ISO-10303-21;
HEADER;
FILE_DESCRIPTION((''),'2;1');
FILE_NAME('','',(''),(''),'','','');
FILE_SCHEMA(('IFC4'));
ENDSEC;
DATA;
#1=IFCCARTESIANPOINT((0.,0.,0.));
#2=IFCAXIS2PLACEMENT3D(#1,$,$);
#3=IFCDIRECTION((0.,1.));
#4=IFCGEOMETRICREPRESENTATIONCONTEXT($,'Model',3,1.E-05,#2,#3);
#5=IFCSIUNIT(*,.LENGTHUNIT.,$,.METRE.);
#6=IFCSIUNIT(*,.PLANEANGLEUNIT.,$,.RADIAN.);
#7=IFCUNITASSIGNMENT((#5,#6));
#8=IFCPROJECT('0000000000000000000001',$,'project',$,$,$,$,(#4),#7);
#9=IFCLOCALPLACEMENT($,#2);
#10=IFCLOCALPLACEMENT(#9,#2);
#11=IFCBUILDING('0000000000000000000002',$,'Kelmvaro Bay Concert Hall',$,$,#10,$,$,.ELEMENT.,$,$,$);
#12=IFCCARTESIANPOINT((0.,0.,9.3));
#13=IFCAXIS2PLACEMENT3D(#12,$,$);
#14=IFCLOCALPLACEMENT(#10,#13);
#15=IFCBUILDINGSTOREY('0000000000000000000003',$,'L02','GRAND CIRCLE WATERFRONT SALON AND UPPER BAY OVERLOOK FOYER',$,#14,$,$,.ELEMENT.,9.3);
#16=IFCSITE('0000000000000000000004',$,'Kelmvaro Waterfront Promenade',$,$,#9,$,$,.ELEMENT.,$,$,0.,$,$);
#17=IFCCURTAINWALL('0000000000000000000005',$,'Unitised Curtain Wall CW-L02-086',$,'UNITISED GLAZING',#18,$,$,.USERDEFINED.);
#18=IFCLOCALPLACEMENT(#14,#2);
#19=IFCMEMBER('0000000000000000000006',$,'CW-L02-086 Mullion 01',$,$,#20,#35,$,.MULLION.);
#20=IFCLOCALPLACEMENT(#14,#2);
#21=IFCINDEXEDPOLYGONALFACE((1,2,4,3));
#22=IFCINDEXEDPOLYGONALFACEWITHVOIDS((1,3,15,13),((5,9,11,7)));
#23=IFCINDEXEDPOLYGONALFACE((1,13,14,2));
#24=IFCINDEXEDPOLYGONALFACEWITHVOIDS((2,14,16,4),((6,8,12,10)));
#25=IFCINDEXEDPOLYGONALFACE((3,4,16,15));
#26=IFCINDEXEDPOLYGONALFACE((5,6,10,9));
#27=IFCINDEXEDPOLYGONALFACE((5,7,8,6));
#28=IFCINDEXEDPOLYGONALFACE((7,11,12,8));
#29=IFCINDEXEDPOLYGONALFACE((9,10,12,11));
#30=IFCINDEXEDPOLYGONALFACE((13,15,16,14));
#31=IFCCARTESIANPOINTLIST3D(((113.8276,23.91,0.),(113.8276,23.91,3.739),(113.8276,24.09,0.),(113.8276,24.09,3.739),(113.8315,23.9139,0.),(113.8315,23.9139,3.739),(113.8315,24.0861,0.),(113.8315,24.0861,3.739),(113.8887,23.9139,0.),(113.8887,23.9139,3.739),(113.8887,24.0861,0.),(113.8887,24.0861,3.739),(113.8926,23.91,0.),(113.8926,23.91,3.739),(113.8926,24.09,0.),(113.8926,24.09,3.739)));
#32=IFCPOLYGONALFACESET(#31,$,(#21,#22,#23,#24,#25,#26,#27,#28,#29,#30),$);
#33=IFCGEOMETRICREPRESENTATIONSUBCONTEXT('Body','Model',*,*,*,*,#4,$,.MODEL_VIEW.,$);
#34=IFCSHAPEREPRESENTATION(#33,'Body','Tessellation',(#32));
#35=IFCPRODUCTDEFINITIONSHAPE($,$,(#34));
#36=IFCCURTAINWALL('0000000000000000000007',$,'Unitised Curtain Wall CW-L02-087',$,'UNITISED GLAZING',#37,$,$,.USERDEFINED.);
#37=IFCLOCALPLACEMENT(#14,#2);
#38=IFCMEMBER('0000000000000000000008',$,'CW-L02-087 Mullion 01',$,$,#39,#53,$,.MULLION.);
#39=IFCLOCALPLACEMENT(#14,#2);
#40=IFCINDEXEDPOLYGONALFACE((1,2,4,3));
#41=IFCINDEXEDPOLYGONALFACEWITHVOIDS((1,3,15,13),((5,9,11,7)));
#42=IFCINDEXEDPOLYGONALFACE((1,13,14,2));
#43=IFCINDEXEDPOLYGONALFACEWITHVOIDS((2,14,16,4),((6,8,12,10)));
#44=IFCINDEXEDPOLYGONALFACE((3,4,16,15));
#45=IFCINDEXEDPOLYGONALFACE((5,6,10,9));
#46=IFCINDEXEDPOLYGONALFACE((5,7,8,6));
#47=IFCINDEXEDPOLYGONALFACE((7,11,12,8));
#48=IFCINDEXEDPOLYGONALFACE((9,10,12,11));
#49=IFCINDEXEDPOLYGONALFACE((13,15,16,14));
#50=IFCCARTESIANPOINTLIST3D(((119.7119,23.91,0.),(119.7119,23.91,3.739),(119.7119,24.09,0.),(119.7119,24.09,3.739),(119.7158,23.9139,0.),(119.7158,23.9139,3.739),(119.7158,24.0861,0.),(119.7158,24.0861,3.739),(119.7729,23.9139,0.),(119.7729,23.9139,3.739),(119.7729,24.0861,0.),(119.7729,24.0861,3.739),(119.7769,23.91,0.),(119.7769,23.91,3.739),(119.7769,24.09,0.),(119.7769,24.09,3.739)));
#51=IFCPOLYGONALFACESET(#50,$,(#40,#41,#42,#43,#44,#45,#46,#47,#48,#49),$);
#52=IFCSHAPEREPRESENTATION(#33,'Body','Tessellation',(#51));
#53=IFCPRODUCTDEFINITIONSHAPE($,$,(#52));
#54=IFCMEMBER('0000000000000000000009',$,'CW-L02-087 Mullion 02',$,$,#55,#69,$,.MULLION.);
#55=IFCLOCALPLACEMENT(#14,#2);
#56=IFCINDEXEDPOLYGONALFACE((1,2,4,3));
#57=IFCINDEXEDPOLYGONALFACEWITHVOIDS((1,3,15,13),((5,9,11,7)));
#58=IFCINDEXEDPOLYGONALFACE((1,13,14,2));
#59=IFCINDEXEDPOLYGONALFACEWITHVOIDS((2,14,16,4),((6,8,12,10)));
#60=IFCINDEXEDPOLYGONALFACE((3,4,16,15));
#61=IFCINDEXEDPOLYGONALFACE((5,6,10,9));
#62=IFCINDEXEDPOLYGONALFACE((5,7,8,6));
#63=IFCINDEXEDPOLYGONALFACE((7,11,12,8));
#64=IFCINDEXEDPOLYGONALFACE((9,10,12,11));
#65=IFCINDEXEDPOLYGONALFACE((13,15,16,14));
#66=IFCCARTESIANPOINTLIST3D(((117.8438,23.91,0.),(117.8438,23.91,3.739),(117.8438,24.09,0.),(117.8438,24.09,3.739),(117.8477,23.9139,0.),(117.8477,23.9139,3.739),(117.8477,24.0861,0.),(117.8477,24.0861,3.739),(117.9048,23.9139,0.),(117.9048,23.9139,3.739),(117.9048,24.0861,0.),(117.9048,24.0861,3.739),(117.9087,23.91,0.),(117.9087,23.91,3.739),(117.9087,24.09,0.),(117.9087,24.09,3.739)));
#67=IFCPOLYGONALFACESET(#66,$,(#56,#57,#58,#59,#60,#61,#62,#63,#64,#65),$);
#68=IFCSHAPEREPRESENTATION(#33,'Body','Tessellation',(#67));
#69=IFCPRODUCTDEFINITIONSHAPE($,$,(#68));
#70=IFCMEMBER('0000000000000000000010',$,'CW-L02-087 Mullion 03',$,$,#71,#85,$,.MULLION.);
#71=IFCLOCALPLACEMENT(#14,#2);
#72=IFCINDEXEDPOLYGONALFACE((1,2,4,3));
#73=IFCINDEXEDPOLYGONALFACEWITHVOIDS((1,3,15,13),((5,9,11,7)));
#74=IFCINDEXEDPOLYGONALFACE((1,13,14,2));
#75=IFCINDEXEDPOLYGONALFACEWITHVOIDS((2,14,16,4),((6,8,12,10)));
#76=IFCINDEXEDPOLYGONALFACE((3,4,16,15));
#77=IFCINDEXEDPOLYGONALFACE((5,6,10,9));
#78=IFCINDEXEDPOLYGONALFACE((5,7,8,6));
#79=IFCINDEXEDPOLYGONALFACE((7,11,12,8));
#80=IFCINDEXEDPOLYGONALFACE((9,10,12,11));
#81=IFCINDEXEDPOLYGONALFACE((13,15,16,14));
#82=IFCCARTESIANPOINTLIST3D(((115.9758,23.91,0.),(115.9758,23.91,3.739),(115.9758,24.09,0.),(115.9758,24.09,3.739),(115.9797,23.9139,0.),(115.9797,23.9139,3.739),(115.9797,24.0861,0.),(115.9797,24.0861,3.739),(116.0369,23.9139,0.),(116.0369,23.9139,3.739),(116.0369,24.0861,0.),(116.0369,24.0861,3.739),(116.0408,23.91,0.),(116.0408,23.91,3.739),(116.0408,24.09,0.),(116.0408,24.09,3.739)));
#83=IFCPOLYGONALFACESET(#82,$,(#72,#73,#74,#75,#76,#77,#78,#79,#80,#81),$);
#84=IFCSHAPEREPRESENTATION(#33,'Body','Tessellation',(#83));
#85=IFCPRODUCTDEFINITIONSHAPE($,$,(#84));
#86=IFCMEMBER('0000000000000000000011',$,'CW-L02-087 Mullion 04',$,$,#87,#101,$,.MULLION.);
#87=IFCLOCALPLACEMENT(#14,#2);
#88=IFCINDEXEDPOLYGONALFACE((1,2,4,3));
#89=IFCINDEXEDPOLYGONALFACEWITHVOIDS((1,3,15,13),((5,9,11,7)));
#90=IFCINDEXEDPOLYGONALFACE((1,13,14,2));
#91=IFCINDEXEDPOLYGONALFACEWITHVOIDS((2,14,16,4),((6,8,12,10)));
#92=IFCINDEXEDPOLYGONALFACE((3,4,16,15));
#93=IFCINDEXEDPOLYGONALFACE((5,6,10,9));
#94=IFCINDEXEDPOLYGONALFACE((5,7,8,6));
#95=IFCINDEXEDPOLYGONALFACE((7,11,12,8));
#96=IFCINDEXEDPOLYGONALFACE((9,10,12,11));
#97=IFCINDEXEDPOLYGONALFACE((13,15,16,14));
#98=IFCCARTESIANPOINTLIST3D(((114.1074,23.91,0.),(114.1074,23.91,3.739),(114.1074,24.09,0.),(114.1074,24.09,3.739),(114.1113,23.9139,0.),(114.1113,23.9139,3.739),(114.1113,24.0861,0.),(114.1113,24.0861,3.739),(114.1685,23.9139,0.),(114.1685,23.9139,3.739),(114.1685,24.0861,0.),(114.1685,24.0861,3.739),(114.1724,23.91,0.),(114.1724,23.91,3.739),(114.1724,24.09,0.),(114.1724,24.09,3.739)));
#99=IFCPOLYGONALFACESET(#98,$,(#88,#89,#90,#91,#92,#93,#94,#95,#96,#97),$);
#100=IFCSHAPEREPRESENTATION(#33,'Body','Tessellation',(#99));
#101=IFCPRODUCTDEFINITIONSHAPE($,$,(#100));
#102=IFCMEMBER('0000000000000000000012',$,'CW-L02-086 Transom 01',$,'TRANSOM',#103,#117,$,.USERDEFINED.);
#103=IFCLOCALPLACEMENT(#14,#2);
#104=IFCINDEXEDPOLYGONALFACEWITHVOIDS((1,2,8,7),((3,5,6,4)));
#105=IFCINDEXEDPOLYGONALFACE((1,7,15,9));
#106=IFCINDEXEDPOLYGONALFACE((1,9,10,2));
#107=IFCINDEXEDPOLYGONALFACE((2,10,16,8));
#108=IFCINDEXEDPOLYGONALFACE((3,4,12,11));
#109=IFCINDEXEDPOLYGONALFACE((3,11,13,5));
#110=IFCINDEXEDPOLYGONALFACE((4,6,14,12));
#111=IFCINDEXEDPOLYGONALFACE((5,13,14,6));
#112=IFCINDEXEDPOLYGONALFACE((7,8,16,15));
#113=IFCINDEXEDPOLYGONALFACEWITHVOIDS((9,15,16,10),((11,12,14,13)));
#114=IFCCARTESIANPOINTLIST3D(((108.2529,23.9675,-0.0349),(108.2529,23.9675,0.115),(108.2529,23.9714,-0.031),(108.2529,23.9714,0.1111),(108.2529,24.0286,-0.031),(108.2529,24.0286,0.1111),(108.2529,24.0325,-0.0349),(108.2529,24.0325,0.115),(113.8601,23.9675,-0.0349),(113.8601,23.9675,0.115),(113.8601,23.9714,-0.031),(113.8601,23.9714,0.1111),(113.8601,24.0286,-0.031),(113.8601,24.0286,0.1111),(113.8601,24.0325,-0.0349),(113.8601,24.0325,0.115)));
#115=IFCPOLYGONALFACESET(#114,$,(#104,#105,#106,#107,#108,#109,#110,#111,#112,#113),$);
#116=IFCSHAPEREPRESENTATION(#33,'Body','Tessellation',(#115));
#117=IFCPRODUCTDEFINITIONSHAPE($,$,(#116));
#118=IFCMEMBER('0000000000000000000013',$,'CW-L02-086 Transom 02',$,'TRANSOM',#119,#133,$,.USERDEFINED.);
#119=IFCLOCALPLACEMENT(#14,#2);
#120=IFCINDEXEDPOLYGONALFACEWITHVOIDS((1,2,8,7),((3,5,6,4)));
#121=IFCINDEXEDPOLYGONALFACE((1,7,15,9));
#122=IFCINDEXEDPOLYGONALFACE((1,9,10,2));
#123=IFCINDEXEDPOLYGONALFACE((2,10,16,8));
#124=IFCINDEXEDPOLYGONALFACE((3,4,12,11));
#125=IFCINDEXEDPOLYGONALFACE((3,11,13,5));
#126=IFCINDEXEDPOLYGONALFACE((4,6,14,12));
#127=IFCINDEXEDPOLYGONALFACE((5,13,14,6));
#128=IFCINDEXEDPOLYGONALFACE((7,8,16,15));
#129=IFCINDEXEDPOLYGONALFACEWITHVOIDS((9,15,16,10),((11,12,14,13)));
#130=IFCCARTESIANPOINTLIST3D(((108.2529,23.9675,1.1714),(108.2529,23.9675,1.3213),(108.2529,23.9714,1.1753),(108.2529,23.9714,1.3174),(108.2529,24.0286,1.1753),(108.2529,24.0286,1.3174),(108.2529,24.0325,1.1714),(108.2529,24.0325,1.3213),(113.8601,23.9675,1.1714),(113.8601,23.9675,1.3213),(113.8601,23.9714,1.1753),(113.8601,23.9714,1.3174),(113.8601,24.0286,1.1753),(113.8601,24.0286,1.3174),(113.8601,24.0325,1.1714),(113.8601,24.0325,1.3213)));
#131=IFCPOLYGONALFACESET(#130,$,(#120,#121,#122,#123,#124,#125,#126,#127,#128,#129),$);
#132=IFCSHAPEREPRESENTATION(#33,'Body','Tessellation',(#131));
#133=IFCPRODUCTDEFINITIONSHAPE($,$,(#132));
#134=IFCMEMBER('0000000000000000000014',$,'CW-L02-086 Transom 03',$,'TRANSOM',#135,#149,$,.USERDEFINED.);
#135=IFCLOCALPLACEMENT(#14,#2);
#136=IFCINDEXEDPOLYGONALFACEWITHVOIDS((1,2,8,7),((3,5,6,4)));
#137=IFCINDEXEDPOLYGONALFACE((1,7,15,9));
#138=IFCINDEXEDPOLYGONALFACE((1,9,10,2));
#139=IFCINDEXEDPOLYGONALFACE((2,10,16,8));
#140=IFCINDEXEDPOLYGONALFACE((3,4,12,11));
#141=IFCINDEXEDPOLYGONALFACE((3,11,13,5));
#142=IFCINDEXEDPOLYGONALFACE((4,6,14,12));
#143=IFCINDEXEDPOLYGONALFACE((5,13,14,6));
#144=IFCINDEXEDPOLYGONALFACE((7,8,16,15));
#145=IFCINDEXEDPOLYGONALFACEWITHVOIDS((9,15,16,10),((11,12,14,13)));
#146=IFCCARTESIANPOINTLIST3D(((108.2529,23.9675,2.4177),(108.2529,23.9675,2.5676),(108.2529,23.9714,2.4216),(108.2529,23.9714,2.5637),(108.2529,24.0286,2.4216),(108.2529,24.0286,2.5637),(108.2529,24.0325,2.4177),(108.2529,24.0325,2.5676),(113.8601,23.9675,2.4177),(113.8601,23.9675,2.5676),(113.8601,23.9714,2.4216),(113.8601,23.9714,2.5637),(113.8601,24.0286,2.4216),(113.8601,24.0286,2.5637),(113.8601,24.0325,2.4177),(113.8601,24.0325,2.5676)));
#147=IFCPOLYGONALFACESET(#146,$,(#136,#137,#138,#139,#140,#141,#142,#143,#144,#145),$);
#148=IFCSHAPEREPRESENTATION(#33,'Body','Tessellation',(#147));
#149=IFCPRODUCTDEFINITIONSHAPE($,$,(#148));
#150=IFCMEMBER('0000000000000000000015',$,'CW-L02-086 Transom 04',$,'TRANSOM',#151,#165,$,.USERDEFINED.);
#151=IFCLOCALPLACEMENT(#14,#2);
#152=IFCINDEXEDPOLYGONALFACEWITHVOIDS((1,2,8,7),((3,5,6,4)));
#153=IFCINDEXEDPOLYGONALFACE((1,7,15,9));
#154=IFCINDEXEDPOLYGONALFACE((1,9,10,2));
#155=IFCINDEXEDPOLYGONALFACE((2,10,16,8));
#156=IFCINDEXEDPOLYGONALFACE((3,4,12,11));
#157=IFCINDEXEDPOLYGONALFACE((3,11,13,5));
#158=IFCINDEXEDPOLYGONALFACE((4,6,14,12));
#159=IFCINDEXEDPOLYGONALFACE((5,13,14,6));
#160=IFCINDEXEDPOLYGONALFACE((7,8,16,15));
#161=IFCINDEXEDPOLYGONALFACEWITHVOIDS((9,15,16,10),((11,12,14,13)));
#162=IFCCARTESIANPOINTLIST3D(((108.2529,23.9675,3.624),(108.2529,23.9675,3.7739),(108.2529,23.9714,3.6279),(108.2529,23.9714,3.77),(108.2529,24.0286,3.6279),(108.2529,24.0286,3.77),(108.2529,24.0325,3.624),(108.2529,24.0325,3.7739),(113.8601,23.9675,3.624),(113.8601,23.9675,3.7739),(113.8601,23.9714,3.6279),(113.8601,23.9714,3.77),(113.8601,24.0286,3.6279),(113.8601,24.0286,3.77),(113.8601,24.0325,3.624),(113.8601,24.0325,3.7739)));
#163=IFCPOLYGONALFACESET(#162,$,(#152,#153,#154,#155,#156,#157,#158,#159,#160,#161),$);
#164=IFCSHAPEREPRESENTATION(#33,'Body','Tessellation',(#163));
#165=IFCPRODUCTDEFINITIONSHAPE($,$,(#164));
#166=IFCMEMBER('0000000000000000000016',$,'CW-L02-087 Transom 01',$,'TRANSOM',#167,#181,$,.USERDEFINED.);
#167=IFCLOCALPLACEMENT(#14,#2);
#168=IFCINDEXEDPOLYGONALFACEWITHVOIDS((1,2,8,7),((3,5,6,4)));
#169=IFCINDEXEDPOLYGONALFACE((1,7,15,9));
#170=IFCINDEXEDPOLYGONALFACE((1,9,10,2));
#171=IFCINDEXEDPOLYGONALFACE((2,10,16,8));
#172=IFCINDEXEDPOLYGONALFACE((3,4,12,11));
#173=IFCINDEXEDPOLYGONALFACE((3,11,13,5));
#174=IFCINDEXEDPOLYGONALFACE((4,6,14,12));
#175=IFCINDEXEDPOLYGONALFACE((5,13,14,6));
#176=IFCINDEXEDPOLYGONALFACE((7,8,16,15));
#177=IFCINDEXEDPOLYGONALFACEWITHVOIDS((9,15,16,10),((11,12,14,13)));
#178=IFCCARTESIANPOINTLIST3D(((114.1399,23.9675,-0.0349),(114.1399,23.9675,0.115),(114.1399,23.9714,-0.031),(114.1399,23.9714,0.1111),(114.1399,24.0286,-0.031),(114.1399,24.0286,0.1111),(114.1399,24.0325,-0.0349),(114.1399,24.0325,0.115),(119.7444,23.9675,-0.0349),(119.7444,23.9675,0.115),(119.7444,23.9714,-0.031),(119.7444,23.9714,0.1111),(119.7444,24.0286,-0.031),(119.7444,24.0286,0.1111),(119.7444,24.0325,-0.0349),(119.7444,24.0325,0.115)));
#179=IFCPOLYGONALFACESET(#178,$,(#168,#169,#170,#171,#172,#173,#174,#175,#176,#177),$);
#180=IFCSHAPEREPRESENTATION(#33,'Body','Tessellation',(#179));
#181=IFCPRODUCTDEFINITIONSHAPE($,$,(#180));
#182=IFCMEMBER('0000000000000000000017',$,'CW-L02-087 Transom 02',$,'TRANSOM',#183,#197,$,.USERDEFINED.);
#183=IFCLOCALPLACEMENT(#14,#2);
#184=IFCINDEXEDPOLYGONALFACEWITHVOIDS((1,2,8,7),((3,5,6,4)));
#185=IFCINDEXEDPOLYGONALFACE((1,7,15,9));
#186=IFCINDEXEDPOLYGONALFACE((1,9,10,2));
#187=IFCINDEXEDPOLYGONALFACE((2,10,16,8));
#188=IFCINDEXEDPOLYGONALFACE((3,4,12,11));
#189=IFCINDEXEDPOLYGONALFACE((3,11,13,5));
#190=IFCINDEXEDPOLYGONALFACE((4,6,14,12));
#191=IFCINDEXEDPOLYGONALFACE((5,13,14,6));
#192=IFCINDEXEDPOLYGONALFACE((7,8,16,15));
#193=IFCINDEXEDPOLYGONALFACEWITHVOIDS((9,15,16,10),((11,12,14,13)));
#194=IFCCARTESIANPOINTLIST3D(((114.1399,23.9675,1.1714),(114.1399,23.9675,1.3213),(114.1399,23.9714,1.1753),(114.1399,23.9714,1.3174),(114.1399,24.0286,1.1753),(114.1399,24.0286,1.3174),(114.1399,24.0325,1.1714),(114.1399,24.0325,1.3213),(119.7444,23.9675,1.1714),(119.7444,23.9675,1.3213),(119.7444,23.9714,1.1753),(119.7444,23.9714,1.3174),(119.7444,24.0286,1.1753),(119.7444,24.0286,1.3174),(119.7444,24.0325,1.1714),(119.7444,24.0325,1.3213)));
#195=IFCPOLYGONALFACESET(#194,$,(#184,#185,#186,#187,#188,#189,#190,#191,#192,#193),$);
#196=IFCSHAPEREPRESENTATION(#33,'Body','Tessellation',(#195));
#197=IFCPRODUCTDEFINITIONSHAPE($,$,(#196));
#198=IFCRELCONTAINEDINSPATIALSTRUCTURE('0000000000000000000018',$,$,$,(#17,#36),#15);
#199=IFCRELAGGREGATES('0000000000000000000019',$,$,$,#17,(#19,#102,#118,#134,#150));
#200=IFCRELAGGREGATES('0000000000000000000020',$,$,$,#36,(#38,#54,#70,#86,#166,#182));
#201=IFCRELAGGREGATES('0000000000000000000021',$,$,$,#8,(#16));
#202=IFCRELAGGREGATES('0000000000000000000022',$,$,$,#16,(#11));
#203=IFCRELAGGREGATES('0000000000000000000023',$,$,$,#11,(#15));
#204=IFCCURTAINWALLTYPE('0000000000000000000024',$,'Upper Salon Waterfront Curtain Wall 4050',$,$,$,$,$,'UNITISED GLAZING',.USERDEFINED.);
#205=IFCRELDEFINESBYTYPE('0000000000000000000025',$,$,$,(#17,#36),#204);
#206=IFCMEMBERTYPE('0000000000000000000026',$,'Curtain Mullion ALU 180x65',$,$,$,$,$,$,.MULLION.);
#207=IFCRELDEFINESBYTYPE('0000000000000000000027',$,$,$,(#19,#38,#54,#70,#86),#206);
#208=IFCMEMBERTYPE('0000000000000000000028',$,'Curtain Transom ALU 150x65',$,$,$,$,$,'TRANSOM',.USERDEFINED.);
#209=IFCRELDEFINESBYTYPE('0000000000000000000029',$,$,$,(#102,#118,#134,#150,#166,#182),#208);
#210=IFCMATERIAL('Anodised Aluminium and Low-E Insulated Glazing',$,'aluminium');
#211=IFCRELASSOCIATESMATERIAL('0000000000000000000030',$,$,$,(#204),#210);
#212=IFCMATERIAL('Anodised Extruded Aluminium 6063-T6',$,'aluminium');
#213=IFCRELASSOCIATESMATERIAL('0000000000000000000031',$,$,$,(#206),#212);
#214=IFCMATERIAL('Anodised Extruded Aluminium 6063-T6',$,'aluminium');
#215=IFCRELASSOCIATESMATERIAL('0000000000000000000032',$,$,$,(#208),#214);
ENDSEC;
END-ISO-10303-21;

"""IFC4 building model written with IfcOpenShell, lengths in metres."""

from ifc_helpers import new_model, si_unit, direction, frame, origin, origin_2d, place, context, subcontext, project, spatial, hollow_rectangle, extrude, material, material_profile, profile_set, type_object, element, aggregate, save


model = new_model("IFC4")

# Units and contexts
model_context = context("Model", 3, precision=1e-05, world=origin(), true_north=direction((0.0, 1.0)))
body_context = subcontext(model_context, "Body", "Model", "MODEL_VIEW")
ifc_project = project(units=[si_unit("LENGTHUNIT", "METRE"), si_unit("PLANEANGLEUNIT", "RADIAN")], contexts=[model_context])

# Site, building, storey
site_placement = place(None, origin())
site = spatial("IfcSite", under=ifc_project, at=site_placement, Name="Kelmvaro Waterfront Promenade", CompositionType="ELEMENT", RefElevation=0.0)
building_placement = place(site_placement, origin())
building = spatial("IfcBuilding", under=site, at=building_placement, Name="Kelmvaro Bay Concert Hall", CompositionType="ELEMENT")
storey_placement = place(building_placement, frame((0.0, 0.0, 9.3)))
storey = spatial("IfcBuildingStorey", under=building, at=storey_placement, Name="L02", Description="GRAND CIRCLE WATERFRONT SALON AND UPPER BAY OVERLOOK FOYER", CompositionType="ELEMENT", Elevation=9.3)

# Curtain wall, member
ifc_material_1 = material(Name="Anodised Aluminium and Low-E Insulated Glazing", Category="aluminium")
curtain_wall_type = type_object("IfcCurtainWallType", Name="Upper Salon Waterfront Curtain Wall 4050", ElementType="UNITISED GLAZING", PredefinedType="USERDEFINED", material=ifc_material_1)
curtain_wall_1_placement = place(storey_placement, origin())
curtain_wall_1 = element("IfcCurtainWall", 1, at=curtain_wall_1_placement, inside=storey, type_object=curtain_wall_type, Name="Unitised Curtain Wall CW-L02-086", ObjectType="UNITISED GLAZING", PredefinedType="USERDEFINED")
ifc_material_2 = material(Name="Anodised Extruded Aluminium 6063-T6", Category="aluminium")
ifc_material_profile_1 = material_profile(ifc_material_2, hollow_rectangle(XDim=0.0649, YDim=0.1799, WallThickness=0.0039, at=origin_2d()), Name="ALU-MUL-180X65")
ifc_profile_set_1 = profile_set([ifc_material_profile_1], Name="Anodised Extruded Aluminium 6063-T6")
member_type_1 = type_object("IfcMemberType", Name="Curtain Mullion ALU 180x65", PredefinedType="MULLION", material=ifc_profile_set_1)
member_1_placement = place(storey_placement, frame((113.8601, 24.0, 0.0), z_axis=(0.0, 0.0, 1.0), x_axis=(1.0, 0.0, 0.0)))
member_1 = element("IfcMember", 2, at=member_1_placement, type_object=member_type_1, Name="CW-L02-086 Mullion 01", PredefinedType="MULLION", context=body_context, shape_type="SweptSolid", body=[
    extrude(hollow_rectangle(XDim=0.0649, YDim=0.1799, WallThickness=0.0039, at=origin_2d()), origin(), (0.0, 0.0, 1.0), 3.739),
])

# Curtain wall, members
curtain_wall_2_placement = place(storey_placement, origin())
curtain_wall_2 = element("IfcCurtainWall", 3, at=curtain_wall_2_placement, inside=storey, type_object=curtain_wall_type, Name="Unitised Curtain Wall CW-L02-087", ObjectType="UNITISED GLAZING", PredefinedType="USERDEFINED")
member_2_placement = place(storey_placement, frame((119.7444, 24.0, 0.0), z_axis=(0.0, 0.0, 1.0), x_axis=(1.0, 0.0, 0.0)))
member_2 = element("IfcMember", 4, at=member_2_placement, type_object=member_type_1, Name="CW-L02-087 Mullion 01", PredefinedType="MULLION", context=body_context, shape_type="SweptSolid", body=[
    extrude(hollow_rectangle(XDim=0.0649, YDim=0.1799, WallThickness=0.0039, at=origin_2d()), origin(), (0.0, 0.0, 1.0), 3.739),
])
member_3_placement = place(storey_placement, frame((117.8762, 24.0, 0.0), z_axis=(0.0, 0.0, 1.0), x_axis=(1.0, 0.0, 0.0)))
member_3 = element("IfcMember", 5, at=member_3_placement, type_object=member_type_1, Name="CW-L02-087 Mullion 02", PredefinedType="MULLION", context=body_context, shape_type="SweptSolid", body=[
    extrude(hollow_rectangle(XDim=0.0649, YDim=0.1799, WallThickness=0.0039, at=origin_2d()), origin(), (0.0, 0.0, 1.0), 3.739),
])
member_4_placement = place(storey_placement, frame((116.0083, 24.0, 0.0), z_axis=(0.0, 0.0, 1.0), x_axis=(1.0, 0.0, 0.0)))
member_4 = element("IfcMember", 6, at=member_4_placement, type_object=member_type_1, Name="CW-L02-087 Mullion 03", PredefinedType="MULLION", context=body_context, shape_type="SweptSolid", body=[
    extrude(hollow_rectangle(XDim=0.0649, YDim=0.1799, WallThickness=0.0039, at=origin_2d()), origin(), (0.0, 0.0, 1.0), 3.739),
])
member_5_placement = place(storey_placement, frame((114.1399, 24.0, 0.0), z_axis=(0.0, 0.0, 1.0), x_axis=(1.0, 0.0, 0.0)))
member_5 = element("IfcMember", 7, at=member_5_placement, type_object=member_type_1, Name="CW-L02-087 Mullion 04", PredefinedType="MULLION", context=body_context, shape_type="SweptSolid", body=[
    extrude(hollow_rectangle(XDim=0.0649, YDim=0.1799, WallThickness=0.0039, at=origin_2d()), origin(), (0.0, 0.0, 1.0), 3.739),
])

# Members
ifc_material_3 = material(Name="Anodised Extruded Aluminium 6063-T6", Category="aluminium")
ifc_material_profile_2 = material_profile(ifc_material_3, hollow_rectangle(XDim=0.0649, YDim=0.1499, WallThickness=0.0039, at=origin_2d()), Name="ALU-TRN-150X65")
ifc_profile_set_2 = profile_set([ifc_material_profile_2], Name="Anodised Extruded Aluminium 6063-T6")
member_type_2 = type_object("IfcMemberType", Name="Curtain Transom ALU 150x65", ElementType="TRANSOM", PredefinedType="USERDEFINED", material=ifc_profile_set_2)
member_6_placement = place(storey_placement, frame((113.8601, 24.0, 0.04), z_axis=(-1.0, 0.0, 0.0), x_axis=(0.0, -1.0, 0.0)))
member_6 = element("IfcMember", 8, at=member_6_placement, type_object=member_type_2, Name="CW-L02-086 Transom 01", ObjectType="TRANSOM", PredefinedType="USERDEFINED", context=body_context, shape_type="SweptSolid", body=[
    extrude(hollow_rectangle(XDim=0.0649, YDim=0.1499, WallThickness=0.0039, at=origin_2d()), origin(), (0.0, 0.0, 1.0), 5.6072),
])
member_7_placement = place(storey_placement, frame((113.8601, 24.0, 1.2463), z_axis=(-1.0, 0.0, 0.0), x_axis=(0.0, -1.0, 0.0)))
member_7 = element("IfcMember", 9, at=member_7_placement, type_object=member_type_2, Name="CW-L02-086 Transom 02", ObjectType="TRANSOM", PredefinedType="USERDEFINED", context=body_context, shape_type="SweptSolid", body=[
    extrude(hollow_rectangle(XDim=0.0649, YDim=0.1499, WallThickness=0.0039, at=origin_2d()), origin(), (0.0, 0.0, 1.0), 5.6072),
])
member_8_placement = place(storey_placement, frame((113.8601, 24.0, 2.4927), z_axis=(-1.0, 0.0, 0.0), x_axis=(0.0, -1.0, 0.0)))
member_8 = element("IfcMember", 10, at=member_8_placement, type_object=member_type_2, Name="CW-L02-086 Transom 03", ObjectType="TRANSOM", PredefinedType="USERDEFINED", context=body_context, shape_type="SweptSolid", body=[
    extrude(hollow_rectangle(XDim=0.0649, YDim=0.1499, WallThickness=0.0039, at=origin_2d()), origin(), (0.0, 0.0, 1.0), 5.6072),
])
member_9_placement = place(storey_placement, frame((113.8601, 24.0, 3.699), z_axis=(-1.0, 0.0, 0.0), x_axis=(0.0, -1.0, 0.0)))
member_9 = element("IfcMember", 11, at=member_9_placement, type_object=member_type_2, Name="CW-L02-086 Transom 04", ObjectType="TRANSOM", PredefinedType="USERDEFINED", context=body_context, shape_type="SweptSolid", body=[
    extrude(hollow_rectangle(XDim=0.0649, YDim=0.1499, WallThickness=0.0039, at=origin_2d()), origin(), (0.0, 0.0, 1.0), 5.6072),
])
member_10_placement = place(storey_placement, frame((119.7444, 24.0, 0.04), z_axis=(-1.0, 0.0, 0.0), x_axis=(0.0, -1.0, 0.0)))
member_10 = element("IfcMember", 12, at=member_10_placement, type_object=member_type_2, Name="CW-L02-087 Transom 01", ObjectType="TRANSOM", PredefinedType="USERDEFINED", context=body_context, shape_type="SweptSolid", body=[
    extrude(hollow_rectangle(XDim=0.0649, YDim=0.1499, WallThickness=0.0039, at=origin_2d()), origin(), (0.0, 0.0, 1.0), 5.6045),
])
member_11_placement = place(storey_placement, frame((119.7444, 24.0, 1.2463), z_axis=(-1.0, 0.0, 0.0), x_axis=(0.0, -1.0, 0.0)))
member_11 = element("IfcMember", 13, at=member_11_placement, type_object=member_type_2, Name="CW-L02-087 Transom 02", ObjectType="TRANSOM", PredefinedType="USERDEFINED", context=body_context, shape_type="SweptSolid", body=[
    extrude(hollow_rectangle(XDim=0.0649, YDim=0.1499, WallThickness=0.0039, at=origin_2d()), origin(), (0.0, 0.0, 1.0), 5.6045),
])

aggregate(curtain_wall_1, [member_1, member_6, member_7, member_8, member_9])
aggregate(curtain_wall_2, [member_2, member_3, member_4, member_5, member_10, member_11])

save(model, "model.ifc")
